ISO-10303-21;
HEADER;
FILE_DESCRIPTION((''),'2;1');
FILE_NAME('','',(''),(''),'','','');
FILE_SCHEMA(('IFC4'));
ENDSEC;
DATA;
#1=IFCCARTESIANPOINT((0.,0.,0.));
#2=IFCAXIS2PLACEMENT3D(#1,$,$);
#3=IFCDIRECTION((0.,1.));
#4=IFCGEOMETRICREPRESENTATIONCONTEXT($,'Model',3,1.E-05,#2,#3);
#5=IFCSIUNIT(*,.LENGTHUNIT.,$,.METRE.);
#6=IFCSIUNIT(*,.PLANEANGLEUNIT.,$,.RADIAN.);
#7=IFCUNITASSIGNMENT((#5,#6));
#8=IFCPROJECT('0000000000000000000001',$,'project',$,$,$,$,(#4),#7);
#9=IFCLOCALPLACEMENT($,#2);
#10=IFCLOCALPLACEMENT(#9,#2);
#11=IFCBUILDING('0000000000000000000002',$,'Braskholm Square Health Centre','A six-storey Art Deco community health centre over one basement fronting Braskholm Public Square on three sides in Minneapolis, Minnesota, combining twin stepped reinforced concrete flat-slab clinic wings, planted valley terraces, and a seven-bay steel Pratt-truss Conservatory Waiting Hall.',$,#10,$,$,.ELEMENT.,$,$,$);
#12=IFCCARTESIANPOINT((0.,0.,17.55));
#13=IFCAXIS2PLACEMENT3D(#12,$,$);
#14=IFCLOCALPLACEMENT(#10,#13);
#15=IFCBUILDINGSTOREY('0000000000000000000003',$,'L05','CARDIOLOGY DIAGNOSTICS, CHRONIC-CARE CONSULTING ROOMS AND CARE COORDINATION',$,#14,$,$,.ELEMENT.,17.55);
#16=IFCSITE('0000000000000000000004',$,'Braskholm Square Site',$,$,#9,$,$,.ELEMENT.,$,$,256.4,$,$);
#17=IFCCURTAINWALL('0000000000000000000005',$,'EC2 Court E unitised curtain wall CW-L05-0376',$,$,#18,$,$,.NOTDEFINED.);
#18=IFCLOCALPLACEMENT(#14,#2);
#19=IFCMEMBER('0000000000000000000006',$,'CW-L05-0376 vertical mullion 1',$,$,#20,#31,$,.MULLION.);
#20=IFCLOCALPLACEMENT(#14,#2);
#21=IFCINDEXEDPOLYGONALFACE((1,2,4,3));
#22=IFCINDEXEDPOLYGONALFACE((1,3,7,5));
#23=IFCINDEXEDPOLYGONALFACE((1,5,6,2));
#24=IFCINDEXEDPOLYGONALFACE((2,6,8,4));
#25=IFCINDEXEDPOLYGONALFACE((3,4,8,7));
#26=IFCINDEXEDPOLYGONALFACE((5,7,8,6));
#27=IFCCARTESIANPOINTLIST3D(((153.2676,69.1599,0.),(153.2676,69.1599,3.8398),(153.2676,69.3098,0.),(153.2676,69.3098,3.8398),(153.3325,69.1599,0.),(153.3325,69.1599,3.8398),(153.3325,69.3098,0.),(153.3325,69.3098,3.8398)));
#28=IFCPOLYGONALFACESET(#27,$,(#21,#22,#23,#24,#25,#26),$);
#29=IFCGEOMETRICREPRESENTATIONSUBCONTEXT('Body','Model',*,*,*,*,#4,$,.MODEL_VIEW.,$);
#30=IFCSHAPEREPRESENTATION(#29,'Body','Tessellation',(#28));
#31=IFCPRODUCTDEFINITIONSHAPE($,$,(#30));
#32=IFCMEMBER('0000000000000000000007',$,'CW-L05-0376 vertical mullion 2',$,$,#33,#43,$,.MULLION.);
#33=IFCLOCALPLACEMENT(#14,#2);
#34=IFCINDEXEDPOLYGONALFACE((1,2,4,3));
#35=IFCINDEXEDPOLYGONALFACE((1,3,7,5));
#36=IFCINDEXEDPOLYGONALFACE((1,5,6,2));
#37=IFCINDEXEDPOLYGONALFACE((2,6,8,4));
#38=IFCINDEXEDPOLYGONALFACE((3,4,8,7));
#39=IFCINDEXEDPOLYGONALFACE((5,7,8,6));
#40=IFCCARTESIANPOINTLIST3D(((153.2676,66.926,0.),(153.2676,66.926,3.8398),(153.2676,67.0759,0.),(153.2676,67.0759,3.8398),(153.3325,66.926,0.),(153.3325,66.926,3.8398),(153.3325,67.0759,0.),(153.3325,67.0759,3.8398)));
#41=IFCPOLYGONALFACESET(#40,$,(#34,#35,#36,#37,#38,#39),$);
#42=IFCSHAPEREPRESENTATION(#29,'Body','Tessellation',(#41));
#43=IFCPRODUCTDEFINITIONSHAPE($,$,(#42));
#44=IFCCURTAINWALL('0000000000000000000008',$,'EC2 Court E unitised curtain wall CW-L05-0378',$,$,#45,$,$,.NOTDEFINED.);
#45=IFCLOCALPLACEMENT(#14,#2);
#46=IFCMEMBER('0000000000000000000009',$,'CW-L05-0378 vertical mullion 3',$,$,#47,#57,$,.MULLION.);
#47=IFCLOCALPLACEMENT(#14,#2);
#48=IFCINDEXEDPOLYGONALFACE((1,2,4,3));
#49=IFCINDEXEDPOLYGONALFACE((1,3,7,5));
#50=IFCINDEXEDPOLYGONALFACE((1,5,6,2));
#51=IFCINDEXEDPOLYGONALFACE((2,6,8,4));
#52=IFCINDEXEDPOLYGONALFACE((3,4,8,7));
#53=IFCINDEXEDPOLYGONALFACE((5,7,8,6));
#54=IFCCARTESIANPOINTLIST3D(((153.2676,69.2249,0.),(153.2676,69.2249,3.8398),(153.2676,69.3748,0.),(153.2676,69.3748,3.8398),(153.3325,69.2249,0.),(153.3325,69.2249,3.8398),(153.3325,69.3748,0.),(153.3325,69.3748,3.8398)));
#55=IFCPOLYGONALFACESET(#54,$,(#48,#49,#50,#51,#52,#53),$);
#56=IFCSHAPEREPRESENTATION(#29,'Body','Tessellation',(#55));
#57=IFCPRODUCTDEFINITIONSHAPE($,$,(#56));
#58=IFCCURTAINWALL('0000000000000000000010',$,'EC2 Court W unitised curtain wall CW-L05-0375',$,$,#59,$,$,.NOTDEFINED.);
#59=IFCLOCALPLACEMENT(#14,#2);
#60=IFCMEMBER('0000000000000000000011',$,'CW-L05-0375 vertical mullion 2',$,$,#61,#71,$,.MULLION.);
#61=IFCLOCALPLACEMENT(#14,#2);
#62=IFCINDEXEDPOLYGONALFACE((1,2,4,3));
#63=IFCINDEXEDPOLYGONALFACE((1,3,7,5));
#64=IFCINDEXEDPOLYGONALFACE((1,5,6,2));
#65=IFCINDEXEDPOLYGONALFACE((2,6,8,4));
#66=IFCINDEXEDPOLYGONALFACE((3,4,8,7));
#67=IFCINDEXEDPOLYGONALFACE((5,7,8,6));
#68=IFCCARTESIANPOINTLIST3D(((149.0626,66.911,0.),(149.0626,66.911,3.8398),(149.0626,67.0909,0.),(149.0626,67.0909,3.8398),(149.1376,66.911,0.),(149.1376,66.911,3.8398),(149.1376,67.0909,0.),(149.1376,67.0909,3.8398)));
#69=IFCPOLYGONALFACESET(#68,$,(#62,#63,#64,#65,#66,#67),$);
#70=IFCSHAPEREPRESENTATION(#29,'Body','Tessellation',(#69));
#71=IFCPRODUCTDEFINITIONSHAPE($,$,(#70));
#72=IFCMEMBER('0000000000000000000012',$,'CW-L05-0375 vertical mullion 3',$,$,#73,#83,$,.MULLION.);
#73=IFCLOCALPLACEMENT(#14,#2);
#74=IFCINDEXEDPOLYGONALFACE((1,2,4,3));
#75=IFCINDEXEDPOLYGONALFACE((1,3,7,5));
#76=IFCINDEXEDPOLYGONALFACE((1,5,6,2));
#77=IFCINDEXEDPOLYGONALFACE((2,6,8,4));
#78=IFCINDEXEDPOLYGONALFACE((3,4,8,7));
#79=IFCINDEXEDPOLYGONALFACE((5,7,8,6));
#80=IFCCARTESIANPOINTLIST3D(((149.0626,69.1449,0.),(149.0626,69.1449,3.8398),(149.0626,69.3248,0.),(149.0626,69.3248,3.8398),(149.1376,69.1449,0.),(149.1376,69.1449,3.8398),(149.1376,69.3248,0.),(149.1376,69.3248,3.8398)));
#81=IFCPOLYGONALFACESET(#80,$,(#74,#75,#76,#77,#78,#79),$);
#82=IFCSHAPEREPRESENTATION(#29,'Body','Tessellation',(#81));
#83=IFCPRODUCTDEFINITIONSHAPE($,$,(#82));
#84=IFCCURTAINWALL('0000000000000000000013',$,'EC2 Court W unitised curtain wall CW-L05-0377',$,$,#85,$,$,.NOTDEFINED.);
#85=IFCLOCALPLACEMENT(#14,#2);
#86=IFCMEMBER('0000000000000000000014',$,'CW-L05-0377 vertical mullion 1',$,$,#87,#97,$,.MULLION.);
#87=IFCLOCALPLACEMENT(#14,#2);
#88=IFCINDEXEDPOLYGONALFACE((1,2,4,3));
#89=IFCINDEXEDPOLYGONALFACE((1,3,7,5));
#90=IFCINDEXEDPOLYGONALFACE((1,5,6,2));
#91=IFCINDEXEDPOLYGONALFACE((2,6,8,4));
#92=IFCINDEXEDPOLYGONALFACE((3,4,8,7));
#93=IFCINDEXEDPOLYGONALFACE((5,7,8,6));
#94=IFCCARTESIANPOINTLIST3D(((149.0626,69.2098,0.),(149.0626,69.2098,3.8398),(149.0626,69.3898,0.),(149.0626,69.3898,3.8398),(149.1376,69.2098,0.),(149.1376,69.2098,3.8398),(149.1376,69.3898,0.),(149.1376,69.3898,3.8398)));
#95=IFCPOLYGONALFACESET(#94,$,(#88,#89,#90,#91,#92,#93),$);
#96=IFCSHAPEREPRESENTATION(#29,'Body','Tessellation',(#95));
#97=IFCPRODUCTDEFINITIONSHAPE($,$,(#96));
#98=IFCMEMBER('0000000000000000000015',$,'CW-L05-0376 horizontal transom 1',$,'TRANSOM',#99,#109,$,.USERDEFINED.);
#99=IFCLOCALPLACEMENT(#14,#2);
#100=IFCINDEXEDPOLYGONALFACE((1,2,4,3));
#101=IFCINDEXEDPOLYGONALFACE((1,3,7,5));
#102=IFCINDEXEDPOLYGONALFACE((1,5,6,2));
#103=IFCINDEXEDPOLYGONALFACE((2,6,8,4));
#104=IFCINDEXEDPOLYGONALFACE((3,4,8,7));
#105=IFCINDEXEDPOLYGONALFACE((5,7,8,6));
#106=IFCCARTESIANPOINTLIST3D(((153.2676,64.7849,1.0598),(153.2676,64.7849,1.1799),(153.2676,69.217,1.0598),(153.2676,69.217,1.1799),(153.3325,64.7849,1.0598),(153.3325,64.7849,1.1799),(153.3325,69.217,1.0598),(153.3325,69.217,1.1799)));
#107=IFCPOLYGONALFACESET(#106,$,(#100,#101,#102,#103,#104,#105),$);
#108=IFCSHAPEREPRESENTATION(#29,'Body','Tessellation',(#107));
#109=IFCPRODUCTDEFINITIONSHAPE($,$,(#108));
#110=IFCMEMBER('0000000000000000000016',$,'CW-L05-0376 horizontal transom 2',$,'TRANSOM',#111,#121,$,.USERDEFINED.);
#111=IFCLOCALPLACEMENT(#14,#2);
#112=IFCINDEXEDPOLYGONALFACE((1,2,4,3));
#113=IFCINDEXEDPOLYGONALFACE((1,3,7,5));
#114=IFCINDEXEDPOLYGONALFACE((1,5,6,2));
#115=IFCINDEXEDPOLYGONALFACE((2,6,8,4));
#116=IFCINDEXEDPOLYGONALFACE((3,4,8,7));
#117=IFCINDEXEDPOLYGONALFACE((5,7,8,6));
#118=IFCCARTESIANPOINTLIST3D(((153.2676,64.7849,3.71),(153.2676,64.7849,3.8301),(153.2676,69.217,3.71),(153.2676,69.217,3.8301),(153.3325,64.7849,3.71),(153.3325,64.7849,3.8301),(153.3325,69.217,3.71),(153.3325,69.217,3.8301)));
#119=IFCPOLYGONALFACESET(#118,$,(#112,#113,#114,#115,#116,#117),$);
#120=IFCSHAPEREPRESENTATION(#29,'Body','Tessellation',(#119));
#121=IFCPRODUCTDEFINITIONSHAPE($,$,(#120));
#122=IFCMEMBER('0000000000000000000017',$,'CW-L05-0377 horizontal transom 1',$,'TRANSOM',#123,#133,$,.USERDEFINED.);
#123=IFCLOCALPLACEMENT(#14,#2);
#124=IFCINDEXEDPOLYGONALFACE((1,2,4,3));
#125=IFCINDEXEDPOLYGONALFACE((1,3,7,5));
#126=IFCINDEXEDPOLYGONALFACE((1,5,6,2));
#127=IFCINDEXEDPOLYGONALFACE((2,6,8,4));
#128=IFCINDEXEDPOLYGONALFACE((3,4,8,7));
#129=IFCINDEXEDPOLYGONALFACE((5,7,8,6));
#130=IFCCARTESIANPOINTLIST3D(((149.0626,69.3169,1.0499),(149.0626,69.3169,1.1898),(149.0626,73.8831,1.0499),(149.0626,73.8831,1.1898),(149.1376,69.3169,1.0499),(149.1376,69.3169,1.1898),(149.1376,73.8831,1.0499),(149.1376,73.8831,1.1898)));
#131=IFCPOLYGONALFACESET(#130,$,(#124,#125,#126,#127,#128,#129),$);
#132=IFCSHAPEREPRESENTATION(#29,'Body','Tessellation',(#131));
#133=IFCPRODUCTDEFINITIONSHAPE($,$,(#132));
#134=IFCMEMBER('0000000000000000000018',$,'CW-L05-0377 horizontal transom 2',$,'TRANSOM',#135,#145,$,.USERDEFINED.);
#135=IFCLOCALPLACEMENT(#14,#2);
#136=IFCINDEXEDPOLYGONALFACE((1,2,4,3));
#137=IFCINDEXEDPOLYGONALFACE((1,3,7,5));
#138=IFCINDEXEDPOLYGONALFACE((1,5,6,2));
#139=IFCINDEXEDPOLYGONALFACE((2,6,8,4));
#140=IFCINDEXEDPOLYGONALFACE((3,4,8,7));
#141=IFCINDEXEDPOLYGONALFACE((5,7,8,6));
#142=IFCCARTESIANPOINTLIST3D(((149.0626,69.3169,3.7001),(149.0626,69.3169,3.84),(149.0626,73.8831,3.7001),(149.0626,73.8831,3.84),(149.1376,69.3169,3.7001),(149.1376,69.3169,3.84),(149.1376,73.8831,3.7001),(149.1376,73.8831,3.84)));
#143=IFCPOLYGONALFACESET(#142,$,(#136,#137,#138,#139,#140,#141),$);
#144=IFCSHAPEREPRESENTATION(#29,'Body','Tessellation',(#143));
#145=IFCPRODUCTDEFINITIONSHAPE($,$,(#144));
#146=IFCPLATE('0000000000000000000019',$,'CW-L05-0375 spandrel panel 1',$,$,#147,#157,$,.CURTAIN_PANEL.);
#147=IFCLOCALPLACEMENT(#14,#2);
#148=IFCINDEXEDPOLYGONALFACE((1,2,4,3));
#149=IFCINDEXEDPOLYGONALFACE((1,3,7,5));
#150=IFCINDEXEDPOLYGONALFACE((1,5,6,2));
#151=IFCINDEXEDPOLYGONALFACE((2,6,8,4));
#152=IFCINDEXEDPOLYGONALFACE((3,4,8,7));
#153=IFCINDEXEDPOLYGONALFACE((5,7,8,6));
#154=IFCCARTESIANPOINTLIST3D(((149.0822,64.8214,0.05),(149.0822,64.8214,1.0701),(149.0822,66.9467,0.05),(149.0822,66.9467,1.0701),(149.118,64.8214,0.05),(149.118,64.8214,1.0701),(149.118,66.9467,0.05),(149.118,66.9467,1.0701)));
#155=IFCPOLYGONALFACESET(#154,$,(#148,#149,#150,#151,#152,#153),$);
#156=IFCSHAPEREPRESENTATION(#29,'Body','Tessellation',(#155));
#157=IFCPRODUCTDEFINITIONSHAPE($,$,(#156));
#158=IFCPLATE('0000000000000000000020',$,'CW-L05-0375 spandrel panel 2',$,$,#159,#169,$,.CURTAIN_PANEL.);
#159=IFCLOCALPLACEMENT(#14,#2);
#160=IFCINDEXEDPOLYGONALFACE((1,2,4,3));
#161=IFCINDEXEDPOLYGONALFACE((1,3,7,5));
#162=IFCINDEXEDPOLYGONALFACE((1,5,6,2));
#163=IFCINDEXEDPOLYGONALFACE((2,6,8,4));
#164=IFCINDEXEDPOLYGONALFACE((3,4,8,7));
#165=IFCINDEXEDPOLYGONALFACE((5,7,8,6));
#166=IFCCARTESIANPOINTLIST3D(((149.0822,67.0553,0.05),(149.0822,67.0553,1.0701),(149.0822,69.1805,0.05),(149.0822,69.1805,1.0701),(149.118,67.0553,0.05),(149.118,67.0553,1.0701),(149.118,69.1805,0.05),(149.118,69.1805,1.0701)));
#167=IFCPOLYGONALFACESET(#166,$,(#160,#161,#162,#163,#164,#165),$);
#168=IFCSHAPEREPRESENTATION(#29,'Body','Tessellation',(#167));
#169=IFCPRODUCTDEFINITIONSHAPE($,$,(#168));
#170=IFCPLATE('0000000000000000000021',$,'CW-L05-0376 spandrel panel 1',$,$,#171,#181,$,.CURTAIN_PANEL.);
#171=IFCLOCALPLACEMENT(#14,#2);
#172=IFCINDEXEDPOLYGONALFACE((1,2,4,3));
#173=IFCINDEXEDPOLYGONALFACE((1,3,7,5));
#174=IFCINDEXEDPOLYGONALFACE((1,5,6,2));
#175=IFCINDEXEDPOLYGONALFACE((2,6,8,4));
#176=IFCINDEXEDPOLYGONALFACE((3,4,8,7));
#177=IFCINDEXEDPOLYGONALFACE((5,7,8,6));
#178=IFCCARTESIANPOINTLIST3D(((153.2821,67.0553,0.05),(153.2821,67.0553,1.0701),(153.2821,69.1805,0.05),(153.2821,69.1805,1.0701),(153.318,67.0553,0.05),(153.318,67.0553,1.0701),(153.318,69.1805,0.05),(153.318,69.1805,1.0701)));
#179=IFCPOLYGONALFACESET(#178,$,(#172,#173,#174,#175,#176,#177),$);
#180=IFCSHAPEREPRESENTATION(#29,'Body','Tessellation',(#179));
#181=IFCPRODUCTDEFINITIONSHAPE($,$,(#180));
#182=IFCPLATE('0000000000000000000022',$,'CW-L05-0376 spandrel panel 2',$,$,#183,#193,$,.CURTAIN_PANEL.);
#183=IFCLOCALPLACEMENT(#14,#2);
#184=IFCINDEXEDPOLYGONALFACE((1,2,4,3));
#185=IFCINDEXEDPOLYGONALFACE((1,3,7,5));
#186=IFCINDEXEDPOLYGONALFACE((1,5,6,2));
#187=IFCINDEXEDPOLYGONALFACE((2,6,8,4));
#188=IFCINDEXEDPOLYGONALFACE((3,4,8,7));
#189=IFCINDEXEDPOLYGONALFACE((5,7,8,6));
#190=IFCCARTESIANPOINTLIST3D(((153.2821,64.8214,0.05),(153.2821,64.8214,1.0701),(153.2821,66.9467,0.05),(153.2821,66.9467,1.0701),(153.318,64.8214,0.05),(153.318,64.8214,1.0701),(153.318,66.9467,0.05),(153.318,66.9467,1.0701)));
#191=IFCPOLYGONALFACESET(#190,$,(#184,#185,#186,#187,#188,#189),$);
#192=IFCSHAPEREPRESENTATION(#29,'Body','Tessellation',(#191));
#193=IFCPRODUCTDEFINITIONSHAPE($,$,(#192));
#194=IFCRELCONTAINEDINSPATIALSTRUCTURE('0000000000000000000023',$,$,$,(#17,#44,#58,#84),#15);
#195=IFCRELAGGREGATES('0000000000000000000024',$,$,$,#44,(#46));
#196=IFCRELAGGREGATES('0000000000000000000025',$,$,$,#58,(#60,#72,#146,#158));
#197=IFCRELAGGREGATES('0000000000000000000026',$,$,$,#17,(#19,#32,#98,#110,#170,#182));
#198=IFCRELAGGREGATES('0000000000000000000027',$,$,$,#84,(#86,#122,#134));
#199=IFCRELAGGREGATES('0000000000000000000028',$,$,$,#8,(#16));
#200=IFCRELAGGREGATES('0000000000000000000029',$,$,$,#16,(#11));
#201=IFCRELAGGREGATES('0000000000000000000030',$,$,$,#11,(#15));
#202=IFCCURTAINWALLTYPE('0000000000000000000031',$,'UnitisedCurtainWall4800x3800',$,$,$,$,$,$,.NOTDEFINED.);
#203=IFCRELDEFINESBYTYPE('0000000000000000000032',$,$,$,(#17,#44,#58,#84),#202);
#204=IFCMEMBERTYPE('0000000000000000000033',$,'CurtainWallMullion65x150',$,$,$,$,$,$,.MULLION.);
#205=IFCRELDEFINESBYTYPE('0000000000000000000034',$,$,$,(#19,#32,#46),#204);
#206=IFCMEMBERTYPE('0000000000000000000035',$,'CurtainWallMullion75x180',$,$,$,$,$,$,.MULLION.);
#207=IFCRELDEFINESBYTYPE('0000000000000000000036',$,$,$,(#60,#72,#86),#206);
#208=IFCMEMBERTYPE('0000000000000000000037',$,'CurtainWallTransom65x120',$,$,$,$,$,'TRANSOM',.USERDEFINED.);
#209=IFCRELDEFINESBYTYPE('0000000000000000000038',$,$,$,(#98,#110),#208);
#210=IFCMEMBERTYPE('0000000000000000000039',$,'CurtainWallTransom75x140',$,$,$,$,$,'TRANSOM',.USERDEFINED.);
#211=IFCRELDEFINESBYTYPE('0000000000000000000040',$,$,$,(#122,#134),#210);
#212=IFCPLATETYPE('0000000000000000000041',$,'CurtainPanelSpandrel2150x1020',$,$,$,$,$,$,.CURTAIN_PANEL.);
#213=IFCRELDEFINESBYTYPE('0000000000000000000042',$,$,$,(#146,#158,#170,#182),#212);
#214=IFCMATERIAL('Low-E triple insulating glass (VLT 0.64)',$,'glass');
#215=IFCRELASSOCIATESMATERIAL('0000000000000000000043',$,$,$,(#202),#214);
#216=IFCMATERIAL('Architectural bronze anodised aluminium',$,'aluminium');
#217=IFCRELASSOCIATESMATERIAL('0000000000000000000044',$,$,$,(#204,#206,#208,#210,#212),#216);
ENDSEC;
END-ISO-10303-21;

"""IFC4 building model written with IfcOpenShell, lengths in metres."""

from ifc_helpers import new_model, si_unit, direction, frame, origin, origin_2d, place, context, subcontext, project, spatial, rectangle, extrude, material, material_profile, profile_set, type_object, element, aggregate, save


model = new_model("IFC4")

# Units and contexts
model_context = context("Model", 3, precision=1e-05, world=origin(), true_north=direction((0.0, 1.0)))
body_context = subcontext(model_context, "Body", "Model", "MODEL_VIEW")
ifc_project = project(units=[si_unit("LENGTHUNIT", "METRE"), si_unit("PLANEANGLEUNIT", "RADIAN")], contexts=[model_context])

# Site, building, storey
site_placement = place(None, origin())
site = spatial("IfcSite", under=ifc_project, at=site_placement, Name="Braskholm Square Site", CompositionType="ELEMENT", RefElevation=256.4)
building_placement = place(site_placement, origin())
building = spatial("IfcBuilding", under=site, at=building_placement, Name="Braskholm Square Health Centre", Description="A six-storey Art Deco community health centre over one basement fronting Braskholm Public Square on three sides in Minneapolis, Minnesota, combining twin stepped reinforced concrete flat-slab clinic wings, planted valley terraces, and a seven-bay steel Pratt-truss Conservatory Waiting Hall.", CompositionType="ELEMENT")
storey_placement = place(building_placement, frame((0.0, 0.0, 17.55)))
storey = spatial("IfcBuildingStorey", under=building, at=storey_placement, Name="L05", Description="CARDIOLOGY DIAGNOSTICS, CHRONIC-CARE CONSULTING ROOMS AND CARE COORDINATION", CompositionType="ELEMENT", Elevation=17.55)

# Curtain wall, members
ifc_material_1 = material(Name="Low-E triple insulating glass (VLT 0.64)", Category="glass")
curtain_wall_type = type_object("IfcCurtainWallType", Name="UnitisedCurtainWall4800x3800", PredefinedType="NOTDEFINED", material=ifc_material_1)
curtain_wall_1_placement = place(storey_placement, origin())
curtain_wall_1 = element("IfcCurtainWall", 1, at=curtain_wall_1_placement, inside=storey, type_object=curtain_wall_type, Name="EC2 Court E unitised curtain wall CW-L05-0376", PredefinedType="NOTDEFINED")
ifc_material_2 = material(Name="Architectural bronze anodised aluminium", Category="aluminium")
ifc_material_profile_1 = material_profile(ifc_material_2, rectangle(XDim=0.0649, YDim=0.1499, at=origin_2d()), Name="ALU-65X150")
ifc_profile_set_1 = profile_set([ifc_material_profile_1], Name="Architectural bronze anodised aluminium")
member_type_1 = type_object("IfcMemberType", Name="CurtainWallMullion65x150", PredefinedType="MULLION", material=ifc_profile_set_1)
member_1_placement = place(storey_placement, frame((153.3, 69.2349, 0.0), z_axis=(0.0, 0.0, 1.0), x_axis=(1.0, 0.0, 0.0)))
member_1 = element("IfcMember", 2, at=member_1_placement, type_object=member_type_1, Name="CW-L05-0376 vertical mullion 1", PredefinedType="MULLION", context=body_context, shape_type="SweptSolid", body=[
    extrude(rectangle(XDim=0.0649, YDim=0.1499, at=origin_2d()), origin(), (0.0, 0.0, 1.0), 3.8398),
])
member_2_placement = place(storey_placement, frame((153.3, 67.001, 0.0), z_axis=(0.0, 0.0, 1.0), x_axis=(1.0, 0.0, 0.0)))
member_2 = element("IfcMember", 3, at=member_2_placement, type_object=member_type_1, Name="CW-L05-0376 vertical mullion 2", PredefinedType="MULLION", context=body_context, shape_type="SweptSolid", body=[
    extrude(rectangle(XDim=0.0649, YDim=0.1499, at=origin_2d()), origin(), (0.0, 0.0, 1.0), 3.8398),
])

# Curtain wall, member
curtain_wall_2_placement = place(storey_placement, origin())
curtain_wall_2 = element("IfcCurtainWall", 4, at=curtain_wall_2_placement, inside=storey, type_object=curtain_wall_type, Name="EC2 Court E unitised curtain wall CW-L05-0378", PredefinedType="NOTDEFINED")
member_3_placement = place(storey_placement, frame((153.3, 69.2998, 0.0), z_axis=(0.0, 0.0, 1.0), x_axis=(1.0, 0.0, 0.0)))
member_3 = element("IfcMember", 5, at=member_3_placement, type_object=member_type_1, Name="CW-L05-0378 vertical mullion 3", PredefinedType="MULLION", context=body_context, shape_type="SweptSolid", body=[
    extrude(rectangle(XDim=0.0649, YDim=0.1499, at=origin_2d()), origin(), (0.0, 0.0, 1.0), 3.8398),
])

# Curtain wall, members
curtain_wall_3_placement = place(storey_placement, origin())
curtain_wall_3 = element("IfcCurtainWall", 6, at=curtain_wall_3_placement, inside=storey, type_object=curtain_wall_type, Name="EC2 Court W unitised curtain wall CW-L05-0375", PredefinedType="NOTDEFINED")
ifc_material_profile_2 = material_profile(ifc_material_2, rectangle(XDim=0.075, YDim=0.1799, at=origin_2d()), Name="ALU-75X180")
ifc_profile_set_2 = profile_set([ifc_material_profile_2], Name="Architectural bronze anodised aluminium")
member_type_2 = type_object("IfcMemberType", Name="CurtainWallMullion75x180", PredefinedType="MULLION", material=ifc_profile_set_2)
member_4_placement = place(storey_placement, frame((149.1001, 67.001, 0.0), z_axis=(0.0, 0.0, 1.0), x_axis=(1.0, 0.0, 0.0)))
member_4 = element("IfcMember", 7, at=member_4_placement, type_object=member_type_2, Name="CW-L05-0375 vertical mullion 2", PredefinedType="MULLION", context=body_context, shape_type="SweptSolid", body=[
    extrude(rectangle(XDim=0.075, YDim=0.1799, at=origin_2d()), origin(), (0.0, 0.0, 1.0), 3.8398),
])
member_5_placement = place(storey_placement, frame((149.1001, 69.2349, 0.0), z_axis=(0.0, 0.0, 1.0), x_axis=(1.0, 0.0, 0.0)))
member_5 = element("IfcMember", 8, at=member_5_placement, type_object=member_type_2, Name="CW-L05-0375 vertical mullion 3", PredefinedType="MULLION", context=body_context, shape_type="SweptSolid", body=[
    extrude(rectangle(XDim=0.075, YDim=0.1799, at=origin_2d()), origin(), (0.0, 0.0, 1.0), 3.8398),
])

# Curtain wall, member
curtain_wall_4_placement = place(storey_placement, origin())
curtain_wall_4 = element("IfcCurtainWall", 9, at=curtain_wall_4_placement, inside=storey, type_object=curtain_wall_type, Name="EC2 Court W unitised curtain wall CW-L05-0377", PredefinedType="NOTDEFINED")
member_6_placement = place(storey_placement, frame((149.1001, 69.2998, 0.0), z_axis=(0.0, 0.0, 1.0), x_axis=(1.0, 0.0, 0.0)))
member_6 = element("IfcMember", 10, at=member_6_placement, type_object=member_type_2, Name="CW-L05-0377 vertical mullion 1", PredefinedType="MULLION", context=body_context, shape_type="SweptSolid", body=[
    extrude(rectangle(XDim=0.075, YDim=0.1799, at=origin_2d()), origin(), (0.0, 0.0, 1.0), 3.8398),
])

# Members
ifc_material_profile_3 = material_profile(ifc_material_2, rectangle(XDim=0.0649, YDim=0.1201, at=origin_2d()), Name="ALU-65X120")
ifc_profile_set_3 = profile_set([ifc_material_profile_3], Name="Architectural bronze anodised aluminium")
member_type_3 = type_object("IfcMemberType", Name="CurtainWallTransom65x120", ElementType="TRANSOM", PredefinedType="USERDEFINED", material=ifc_profile_set_3)
member_7_placement = place(storey_placement, frame((153.3, 69.217, 1.1199), z_axis=(0.0, -1.0, 0.0), x_axis=(1.0, 0.0, 0.0)))
member_7 = element("IfcMember", 11, at=member_7_placement, type_object=member_type_3, Name="CW-L05-0376 horizontal transom 1", ObjectType="TRANSOM", PredefinedType="USERDEFINED", context=body_context, shape_type="SweptSolid", body=[
    extrude(rectangle(XDim=0.0649, YDim=0.1201, at=origin_2d()), origin(), (0.0, 0.0, 1.0), 4.4321),
])
member_8_placement = place(storey_placement, frame((153.3, 69.217, 3.77), z_axis=(0.0, -1.0, 0.0), x_axis=(1.0, 0.0, 0.0)))
member_8 = element("IfcMember", 12, at=member_8_placement, type_object=member_type_3, Name="CW-L05-0376 horizontal transom 2", ObjectType="TRANSOM", PredefinedType="USERDEFINED", context=body_context, shape_type="SweptSolid", body=[
    extrude(rectangle(XDim=0.0649, YDim=0.1201, at=origin_2d()), origin(), (0.0, 0.0, 1.0), 4.4321),
])
ifc_material_profile_4 = material_profile(ifc_material_2, rectangle(XDim=0.075, YDim=0.1399, at=origin_2d()), Name="ALU-75X140")
ifc_profile_set_4 = profile_set([ifc_material_profile_4], Name="Architectural bronze anodised aluminium")
member_type_4 = type_object("IfcMemberType", Name="CurtainWallTransom75x140", ElementType="TRANSOM", PredefinedType="USERDEFINED", material=ifc_profile_set_4)
member_9_placement = place(storey_placement, frame((149.1001, 69.3169, 1.1199), z_axis=(0.0, 1.0, 0.0), x_axis=(-1.0, 0.0, 0.0)))
member_9 = element("IfcMember", 13, at=member_9_placement, type_object=member_type_4, Name="CW-L05-0377 horizontal transom 1", ObjectType="TRANSOM", PredefinedType="USERDEFINED", context=body_context, shape_type="SweptSolid", body=[
    extrude(rectangle(XDim=0.075, YDim=0.1399, at=origin_2d()), origin(), (0.0, 0.0, 1.0), 4.5662),
])
member_10_placement = place(storey_placement, frame((149.1001, 69.3169, 3.77), z_axis=(0.0, 1.0, 0.0), x_axis=(-1.0, 0.0, 0.0)))
member_10 = element("IfcMember", 14, at=member_10_placement, type_object=member_type_4, Name="CW-L05-0377 horizontal transom 2", ObjectType="TRANSOM", PredefinedType="USERDEFINED", context=body_context, shape_type="SweptSolid", body=[
    extrude(rectangle(XDim=0.075, YDim=0.1399, at=origin_2d()), origin(), (0.0, 0.0, 1.0), 4.5662),
])

# Plates
plate_type_1 = type_object("IfcPlateType", Name="CurtainPanelSpandrel2150x1020", PredefinedType="CURTAIN_PANEL", material=ifc_material_2)
plate_1_placement = place(storey_placement, frame((149.1001, 65.884, 0.05), z_axis=(0.0, 0.0, 1.0), x_axis=(0.0, 1.0, 0.0)))
plate_1 = element("IfcPlate", 15, at=plate_1_placement, type_object=plate_type_1, Name="CW-L05-0375 spandrel panel 1", PredefinedType="CURTAIN_PANEL", context=body_context, shape_type="SweptSolid", body=[
    extrude(rectangle(XDim=2.1252, YDim=0.0359, at=origin_2d()), origin(), (0.0, 0.0, 1.0), 1.02),
])
plate_2_placement = place(storey_placement, frame((149.1001, 68.1179, 0.05), z_axis=(0.0, 0.0, 1.0), x_axis=(0.0, 1.0, 0.0)))
plate_2 = element("IfcPlate", 16, at=plate_2_placement, type_object=plate_type_1, Name="CW-L05-0375 spandrel panel 2", PredefinedType="CURTAIN_PANEL", context=body_context, shape_type="SweptSolid", body=[
    extrude(rectangle(XDim=2.1252, YDim=0.0359, at=origin_2d()), origin(), (0.0, 0.0, 1.0), 1.02),
])
plate_3_placement = place(storey_placement, frame((153.3, 68.1179, 0.05), z_axis=(0.0, 0.0, 1.0), x_axis=(0.0, -1.0, 0.0)))
plate_3 = element("IfcPlate", 17, at=plate_3_placement, type_object=plate_type_1, Name="CW-L05-0376 spandrel panel 1", PredefinedType="CURTAIN_PANEL", context=body_context, shape_type="SweptSolid", body=[
    extrude(rectangle(XDim=2.1252, YDim=0.0359, at=origin_2d()), origin(), (0.0, 0.0, 1.0), 1.02),
])
plate_4_placement = place(storey_placement, frame((153.3, 65.884, 0.05), z_axis=(0.0, 0.0, 1.0), x_axis=(0.0, -1.0, 0.0)))
plate_4 = element("IfcPlate", 18, at=plate_4_placement, type_object=plate_type_1, Name="CW-L05-0376 spandrel panel 2", PredefinedType="CURTAIN_PANEL", context=body_context, shape_type="SweptSolid", body=[
    extrude(rectangle(XDim=2.1252, YDim=0.0359, at=origin_2d()), origin(), (0.0, 0.0, 1.0), 1.02),
])
aggregate(curtain_wall_2, [member_3])
aggregate(curtain_wall_3, [member_4, member_5, plate_1, plate_2])
aggregate(curtain_wall_1, [member_1, member_2, member_7, member_8, plate_3, plate_4])
aggregate(curtain_wall_4, [member_6, member_9, member_10])

save(model, "model.ifc")
